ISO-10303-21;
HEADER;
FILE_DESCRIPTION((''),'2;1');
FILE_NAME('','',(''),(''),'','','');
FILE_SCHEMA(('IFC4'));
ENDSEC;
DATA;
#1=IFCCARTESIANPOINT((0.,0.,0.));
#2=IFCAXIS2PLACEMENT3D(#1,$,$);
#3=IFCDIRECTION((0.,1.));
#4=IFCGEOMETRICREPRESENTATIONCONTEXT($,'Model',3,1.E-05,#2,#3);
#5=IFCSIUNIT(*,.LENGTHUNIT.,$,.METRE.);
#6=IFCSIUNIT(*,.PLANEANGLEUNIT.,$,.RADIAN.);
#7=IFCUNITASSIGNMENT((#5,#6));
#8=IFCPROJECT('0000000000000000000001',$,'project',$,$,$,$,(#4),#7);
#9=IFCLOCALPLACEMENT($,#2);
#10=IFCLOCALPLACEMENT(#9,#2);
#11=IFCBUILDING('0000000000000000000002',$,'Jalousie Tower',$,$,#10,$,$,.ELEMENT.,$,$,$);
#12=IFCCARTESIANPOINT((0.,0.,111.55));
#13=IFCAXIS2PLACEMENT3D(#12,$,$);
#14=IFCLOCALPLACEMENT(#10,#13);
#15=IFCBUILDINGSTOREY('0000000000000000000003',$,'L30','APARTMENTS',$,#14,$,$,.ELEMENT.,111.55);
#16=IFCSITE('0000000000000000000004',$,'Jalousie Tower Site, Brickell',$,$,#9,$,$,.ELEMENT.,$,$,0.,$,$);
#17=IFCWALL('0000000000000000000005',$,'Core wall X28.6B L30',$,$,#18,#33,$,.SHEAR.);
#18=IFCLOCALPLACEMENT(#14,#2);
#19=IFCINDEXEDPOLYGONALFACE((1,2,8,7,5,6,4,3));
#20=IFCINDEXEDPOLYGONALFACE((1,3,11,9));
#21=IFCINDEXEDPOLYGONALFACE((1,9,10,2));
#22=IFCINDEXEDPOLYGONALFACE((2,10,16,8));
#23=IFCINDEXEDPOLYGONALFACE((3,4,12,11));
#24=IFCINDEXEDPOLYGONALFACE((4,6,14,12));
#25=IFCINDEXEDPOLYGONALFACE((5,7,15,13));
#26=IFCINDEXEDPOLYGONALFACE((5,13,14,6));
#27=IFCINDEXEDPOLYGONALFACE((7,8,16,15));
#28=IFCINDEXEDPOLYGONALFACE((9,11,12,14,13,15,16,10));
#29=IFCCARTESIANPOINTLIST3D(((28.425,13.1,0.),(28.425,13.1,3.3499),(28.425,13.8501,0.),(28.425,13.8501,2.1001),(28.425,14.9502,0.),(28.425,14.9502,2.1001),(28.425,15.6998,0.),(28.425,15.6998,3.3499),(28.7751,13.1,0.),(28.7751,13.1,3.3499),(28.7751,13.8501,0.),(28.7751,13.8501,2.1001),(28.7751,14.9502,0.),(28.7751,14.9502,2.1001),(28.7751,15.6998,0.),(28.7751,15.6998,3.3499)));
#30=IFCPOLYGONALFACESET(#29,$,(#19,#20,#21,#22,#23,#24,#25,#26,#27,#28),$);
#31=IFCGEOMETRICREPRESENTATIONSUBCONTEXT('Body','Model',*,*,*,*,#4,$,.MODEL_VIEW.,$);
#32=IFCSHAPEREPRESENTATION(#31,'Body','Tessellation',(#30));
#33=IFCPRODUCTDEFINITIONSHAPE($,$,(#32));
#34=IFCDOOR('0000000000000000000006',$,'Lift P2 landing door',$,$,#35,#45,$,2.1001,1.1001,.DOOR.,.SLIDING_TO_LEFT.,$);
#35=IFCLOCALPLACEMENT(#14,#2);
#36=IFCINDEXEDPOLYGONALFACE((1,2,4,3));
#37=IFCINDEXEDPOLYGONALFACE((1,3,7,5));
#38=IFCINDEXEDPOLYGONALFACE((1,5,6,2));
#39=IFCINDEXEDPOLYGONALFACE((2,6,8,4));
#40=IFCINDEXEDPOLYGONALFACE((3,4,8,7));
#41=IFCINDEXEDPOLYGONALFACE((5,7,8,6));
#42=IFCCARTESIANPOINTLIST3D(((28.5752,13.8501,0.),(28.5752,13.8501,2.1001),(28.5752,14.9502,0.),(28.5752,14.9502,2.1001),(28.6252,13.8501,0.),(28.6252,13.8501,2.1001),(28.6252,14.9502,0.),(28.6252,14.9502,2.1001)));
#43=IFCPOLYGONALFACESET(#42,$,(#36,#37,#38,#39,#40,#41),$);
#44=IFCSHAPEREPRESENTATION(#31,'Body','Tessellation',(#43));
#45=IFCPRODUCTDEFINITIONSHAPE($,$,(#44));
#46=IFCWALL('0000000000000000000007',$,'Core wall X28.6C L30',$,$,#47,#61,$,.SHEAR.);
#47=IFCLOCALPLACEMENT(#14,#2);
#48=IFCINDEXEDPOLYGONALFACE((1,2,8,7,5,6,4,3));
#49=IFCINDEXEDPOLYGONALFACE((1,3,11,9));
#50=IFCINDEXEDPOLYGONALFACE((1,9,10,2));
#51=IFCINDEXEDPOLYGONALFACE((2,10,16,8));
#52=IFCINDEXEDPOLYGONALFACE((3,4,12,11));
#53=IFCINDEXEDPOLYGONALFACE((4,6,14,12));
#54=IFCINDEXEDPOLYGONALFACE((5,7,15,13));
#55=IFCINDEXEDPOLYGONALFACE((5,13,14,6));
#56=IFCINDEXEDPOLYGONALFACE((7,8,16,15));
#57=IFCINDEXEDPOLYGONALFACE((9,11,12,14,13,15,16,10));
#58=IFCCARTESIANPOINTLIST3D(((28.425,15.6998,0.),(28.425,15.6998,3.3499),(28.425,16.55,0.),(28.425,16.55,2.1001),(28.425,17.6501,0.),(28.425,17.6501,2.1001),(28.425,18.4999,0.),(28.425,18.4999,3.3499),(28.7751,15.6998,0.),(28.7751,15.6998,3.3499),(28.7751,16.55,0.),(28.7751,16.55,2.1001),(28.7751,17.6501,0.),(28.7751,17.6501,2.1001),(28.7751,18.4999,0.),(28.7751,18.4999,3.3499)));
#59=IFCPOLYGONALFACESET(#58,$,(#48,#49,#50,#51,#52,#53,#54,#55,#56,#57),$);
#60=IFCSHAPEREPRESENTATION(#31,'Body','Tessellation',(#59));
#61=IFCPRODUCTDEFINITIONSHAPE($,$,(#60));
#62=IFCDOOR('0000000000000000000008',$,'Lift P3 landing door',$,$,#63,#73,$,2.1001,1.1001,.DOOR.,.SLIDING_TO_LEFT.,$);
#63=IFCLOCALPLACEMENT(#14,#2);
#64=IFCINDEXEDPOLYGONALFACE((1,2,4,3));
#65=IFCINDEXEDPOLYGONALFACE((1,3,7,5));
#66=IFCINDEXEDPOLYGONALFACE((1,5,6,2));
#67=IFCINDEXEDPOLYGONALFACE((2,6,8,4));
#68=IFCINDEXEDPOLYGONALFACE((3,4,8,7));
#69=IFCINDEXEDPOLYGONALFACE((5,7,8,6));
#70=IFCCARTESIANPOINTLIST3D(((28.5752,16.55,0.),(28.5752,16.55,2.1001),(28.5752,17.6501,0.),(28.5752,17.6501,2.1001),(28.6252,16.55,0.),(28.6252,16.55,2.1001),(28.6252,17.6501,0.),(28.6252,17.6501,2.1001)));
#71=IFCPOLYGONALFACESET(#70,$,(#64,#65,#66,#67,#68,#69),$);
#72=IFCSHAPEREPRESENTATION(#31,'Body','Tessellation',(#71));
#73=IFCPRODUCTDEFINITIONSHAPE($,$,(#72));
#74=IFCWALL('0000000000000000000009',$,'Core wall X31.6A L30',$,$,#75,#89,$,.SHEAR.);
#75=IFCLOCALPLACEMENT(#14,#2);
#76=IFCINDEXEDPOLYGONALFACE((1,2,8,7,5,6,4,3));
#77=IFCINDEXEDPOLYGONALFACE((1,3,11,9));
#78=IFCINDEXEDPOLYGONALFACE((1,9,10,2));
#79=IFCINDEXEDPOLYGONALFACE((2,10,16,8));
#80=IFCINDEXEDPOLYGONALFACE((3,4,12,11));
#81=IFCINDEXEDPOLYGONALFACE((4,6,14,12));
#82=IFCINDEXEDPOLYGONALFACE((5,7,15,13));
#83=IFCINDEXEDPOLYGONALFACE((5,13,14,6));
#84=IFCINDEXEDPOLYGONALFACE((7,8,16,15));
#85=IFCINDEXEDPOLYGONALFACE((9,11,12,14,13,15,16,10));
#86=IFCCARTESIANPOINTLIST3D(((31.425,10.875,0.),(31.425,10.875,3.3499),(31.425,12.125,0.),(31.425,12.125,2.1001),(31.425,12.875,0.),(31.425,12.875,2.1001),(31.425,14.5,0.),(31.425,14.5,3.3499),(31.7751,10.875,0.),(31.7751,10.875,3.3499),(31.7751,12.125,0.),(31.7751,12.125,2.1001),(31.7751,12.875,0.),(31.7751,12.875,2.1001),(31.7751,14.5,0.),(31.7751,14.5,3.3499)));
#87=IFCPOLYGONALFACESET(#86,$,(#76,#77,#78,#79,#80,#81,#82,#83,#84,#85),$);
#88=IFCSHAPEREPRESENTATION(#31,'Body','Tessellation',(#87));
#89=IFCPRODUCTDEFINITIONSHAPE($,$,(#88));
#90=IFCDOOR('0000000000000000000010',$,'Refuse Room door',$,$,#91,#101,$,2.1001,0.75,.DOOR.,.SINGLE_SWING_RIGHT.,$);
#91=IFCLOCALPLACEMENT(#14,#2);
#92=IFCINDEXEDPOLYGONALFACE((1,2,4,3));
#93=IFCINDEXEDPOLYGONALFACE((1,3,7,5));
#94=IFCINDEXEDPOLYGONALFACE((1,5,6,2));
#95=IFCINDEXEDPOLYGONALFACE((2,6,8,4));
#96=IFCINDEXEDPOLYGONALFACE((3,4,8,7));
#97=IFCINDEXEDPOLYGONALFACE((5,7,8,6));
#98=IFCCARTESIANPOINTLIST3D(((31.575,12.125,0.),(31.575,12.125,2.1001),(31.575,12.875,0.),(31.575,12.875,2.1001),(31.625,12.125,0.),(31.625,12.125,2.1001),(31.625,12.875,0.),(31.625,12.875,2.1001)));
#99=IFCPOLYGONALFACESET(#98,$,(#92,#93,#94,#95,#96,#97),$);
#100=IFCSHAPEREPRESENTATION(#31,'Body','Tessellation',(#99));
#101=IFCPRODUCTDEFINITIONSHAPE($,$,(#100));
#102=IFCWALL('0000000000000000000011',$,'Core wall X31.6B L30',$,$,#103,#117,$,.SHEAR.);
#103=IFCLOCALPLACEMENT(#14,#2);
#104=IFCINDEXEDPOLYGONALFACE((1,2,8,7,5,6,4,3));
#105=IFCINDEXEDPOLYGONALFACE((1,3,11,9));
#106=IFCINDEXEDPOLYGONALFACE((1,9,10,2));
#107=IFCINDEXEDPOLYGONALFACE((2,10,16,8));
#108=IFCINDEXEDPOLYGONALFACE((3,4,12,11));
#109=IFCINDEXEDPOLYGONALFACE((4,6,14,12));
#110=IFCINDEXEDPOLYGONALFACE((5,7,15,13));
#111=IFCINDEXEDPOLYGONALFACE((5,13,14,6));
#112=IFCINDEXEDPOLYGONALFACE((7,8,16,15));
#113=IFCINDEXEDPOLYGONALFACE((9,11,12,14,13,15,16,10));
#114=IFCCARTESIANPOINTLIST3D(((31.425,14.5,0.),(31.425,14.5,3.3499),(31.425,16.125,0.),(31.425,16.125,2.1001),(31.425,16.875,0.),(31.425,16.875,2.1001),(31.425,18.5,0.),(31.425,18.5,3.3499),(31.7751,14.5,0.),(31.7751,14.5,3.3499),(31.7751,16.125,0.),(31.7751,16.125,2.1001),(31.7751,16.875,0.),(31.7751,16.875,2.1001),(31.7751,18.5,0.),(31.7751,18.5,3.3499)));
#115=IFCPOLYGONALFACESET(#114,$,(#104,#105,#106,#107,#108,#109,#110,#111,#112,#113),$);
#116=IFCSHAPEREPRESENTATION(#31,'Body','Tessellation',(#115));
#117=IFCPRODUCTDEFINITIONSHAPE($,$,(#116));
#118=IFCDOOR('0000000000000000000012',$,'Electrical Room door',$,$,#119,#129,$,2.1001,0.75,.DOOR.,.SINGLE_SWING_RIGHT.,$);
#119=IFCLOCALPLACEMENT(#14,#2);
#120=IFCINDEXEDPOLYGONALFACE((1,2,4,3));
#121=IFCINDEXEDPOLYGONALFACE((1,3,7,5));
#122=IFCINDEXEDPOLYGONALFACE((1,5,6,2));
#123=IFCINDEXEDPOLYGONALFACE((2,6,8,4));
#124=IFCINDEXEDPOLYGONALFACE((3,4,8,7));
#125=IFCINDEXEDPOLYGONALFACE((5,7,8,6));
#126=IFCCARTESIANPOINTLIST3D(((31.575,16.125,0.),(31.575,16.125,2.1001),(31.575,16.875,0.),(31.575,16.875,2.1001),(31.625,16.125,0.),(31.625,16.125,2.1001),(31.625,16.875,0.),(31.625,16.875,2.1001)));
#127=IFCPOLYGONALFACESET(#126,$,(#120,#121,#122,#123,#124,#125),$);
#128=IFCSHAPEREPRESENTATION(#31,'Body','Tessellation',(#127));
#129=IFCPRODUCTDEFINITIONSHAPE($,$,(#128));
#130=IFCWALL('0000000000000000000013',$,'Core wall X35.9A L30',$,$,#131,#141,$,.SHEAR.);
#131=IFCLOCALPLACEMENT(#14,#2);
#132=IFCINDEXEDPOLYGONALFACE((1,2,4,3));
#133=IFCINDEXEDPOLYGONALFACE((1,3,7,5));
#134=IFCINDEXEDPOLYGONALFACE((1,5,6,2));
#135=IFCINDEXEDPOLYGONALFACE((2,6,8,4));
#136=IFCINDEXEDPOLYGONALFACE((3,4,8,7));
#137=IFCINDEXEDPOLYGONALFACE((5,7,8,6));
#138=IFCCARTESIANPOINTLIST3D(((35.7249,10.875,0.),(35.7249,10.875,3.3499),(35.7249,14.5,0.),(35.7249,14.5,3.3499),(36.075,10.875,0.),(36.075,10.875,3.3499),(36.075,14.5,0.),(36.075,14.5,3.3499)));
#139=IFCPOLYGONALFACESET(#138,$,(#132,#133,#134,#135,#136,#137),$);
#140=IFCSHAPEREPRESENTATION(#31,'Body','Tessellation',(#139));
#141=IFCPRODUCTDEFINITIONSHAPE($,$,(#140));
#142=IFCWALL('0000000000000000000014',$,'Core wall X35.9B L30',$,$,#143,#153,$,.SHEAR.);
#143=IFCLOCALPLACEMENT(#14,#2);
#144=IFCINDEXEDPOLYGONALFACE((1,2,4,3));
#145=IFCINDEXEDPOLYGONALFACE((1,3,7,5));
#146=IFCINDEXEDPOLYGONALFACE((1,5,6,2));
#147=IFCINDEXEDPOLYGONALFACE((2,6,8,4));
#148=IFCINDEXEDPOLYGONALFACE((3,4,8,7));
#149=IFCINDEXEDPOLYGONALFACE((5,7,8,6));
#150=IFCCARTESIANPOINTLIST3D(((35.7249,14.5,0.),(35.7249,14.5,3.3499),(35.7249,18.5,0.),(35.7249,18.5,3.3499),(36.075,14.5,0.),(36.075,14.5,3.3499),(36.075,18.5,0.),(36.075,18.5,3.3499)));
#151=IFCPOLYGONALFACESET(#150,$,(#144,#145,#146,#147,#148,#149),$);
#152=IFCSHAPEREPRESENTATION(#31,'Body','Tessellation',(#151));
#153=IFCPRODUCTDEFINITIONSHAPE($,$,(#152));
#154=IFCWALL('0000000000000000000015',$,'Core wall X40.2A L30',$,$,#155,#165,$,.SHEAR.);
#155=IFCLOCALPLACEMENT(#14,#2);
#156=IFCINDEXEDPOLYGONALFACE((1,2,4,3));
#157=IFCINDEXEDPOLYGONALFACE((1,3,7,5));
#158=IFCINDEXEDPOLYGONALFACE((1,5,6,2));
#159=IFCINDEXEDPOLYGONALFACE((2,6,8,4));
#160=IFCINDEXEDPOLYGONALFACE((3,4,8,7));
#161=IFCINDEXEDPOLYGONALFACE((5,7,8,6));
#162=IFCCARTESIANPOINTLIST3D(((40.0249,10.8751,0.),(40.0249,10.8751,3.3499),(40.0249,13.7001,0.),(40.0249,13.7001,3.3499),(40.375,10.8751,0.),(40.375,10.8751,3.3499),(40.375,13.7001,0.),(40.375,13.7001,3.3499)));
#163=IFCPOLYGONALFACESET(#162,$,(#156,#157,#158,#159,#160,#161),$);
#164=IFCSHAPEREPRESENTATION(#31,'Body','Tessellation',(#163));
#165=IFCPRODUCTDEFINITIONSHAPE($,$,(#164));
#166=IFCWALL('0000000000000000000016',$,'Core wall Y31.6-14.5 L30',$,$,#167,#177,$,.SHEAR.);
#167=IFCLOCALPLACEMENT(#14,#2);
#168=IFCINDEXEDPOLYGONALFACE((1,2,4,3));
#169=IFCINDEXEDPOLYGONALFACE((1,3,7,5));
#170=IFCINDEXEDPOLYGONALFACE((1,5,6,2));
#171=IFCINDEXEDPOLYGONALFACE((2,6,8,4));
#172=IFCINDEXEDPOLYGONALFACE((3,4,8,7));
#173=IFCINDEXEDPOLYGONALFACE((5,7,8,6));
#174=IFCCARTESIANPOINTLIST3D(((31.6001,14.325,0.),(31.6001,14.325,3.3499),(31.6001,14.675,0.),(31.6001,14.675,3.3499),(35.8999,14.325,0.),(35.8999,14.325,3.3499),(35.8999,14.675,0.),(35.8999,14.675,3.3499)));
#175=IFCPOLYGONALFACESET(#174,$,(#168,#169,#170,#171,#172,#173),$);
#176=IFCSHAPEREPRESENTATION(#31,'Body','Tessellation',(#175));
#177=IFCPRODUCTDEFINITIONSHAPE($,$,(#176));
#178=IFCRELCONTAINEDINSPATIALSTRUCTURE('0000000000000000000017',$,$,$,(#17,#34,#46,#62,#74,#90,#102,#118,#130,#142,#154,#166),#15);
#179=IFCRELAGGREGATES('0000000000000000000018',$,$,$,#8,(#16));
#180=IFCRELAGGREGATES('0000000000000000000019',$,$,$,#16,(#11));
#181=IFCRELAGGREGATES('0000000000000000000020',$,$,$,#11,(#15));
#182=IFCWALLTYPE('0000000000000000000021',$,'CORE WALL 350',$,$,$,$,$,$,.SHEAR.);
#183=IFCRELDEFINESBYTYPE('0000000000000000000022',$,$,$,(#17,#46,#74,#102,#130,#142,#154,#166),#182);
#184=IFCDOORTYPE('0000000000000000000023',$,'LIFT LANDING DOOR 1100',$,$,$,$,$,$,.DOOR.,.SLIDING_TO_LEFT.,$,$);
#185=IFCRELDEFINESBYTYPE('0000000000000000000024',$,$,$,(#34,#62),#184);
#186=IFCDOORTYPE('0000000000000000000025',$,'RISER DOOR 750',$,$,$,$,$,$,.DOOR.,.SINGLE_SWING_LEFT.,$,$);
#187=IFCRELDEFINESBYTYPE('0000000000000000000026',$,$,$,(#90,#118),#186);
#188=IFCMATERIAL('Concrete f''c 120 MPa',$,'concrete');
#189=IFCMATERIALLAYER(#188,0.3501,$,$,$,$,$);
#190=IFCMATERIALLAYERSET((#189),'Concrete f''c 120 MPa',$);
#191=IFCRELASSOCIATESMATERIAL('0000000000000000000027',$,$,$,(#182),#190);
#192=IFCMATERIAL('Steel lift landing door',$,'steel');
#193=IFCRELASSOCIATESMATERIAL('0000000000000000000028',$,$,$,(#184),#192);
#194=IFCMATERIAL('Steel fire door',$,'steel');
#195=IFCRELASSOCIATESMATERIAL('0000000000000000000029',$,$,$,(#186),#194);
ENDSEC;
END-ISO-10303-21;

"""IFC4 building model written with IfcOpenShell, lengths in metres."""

from ifc_helpers import new_model, si_unit, direction, frame, frame_2d, origin, place, context, subcontext, project, spatial, rectangle, extrude, material, layer, layer_set, type_object, element, fill, save


model = new_model("IFC4")

# Units and contexts
model_context = context("Model", 3, precision=1e-05, world=origin(), true_north=direction((0.0, 1.0)))
body_context = subcontext(model_context, "Body", "Model", "MODEL_VIEW")
ifc_project = project(units=[si_unit("LENGTHUNIT", "METRE"), si_unit("PLANEANGLEUNIT", "RADIAN")], contexts=[model_context])

# Site, building, storey
site_placement = place(None, origin())
site = spatial("IfcSite", under=ifc_project, at=site_placement, Name="Jalousie Tower Site, Brickell", CompositionType="ELEMENT", RefElevation=0.0)
building_placement = place(site_placement, origin())
building = spatial("IfcBuilding", under=site, at=building_placement, Name="Jalousie Tower", CompositionType="ELEMENT")
storey_placement = place(building_placement, frame((0.0, 0.0, 111.55)))
storey = spatial("IfcBuildingStorey", under=building, at=storey_placement, Name="L30", Description="APARTMENTS", CompositionType="ELEMENT", Elevation=111.55)

# Walls, openings, doors
ifc_material_1 = material(Name="Concrete f'c 120 MPa", Category="concrete")
ifc_layer = layer(ifc_material_1, 0.3501)
ifc_layer_set = layer_set([ifc_layer], Name="Concrete f'c 120 MPa")
wall_type = type_object("IfcWallType", Name="CORE WALL 350", PredefinedType="SHEAR", material=ifc_layer_set)
wall_1_placement = place(storey_placement, frame((28.6001, 13.1001, 0.0), z_axis=(0.0, 0.0, 1.0), x_axis=(0.0, 1.0, 0.0)))
wall_1 = element("IfcWall", 1, at=wall_1_placement, inside=storey, type_object=wall_type, Name="Core wall X28.6B L30", PredefinedType="SHEAR", context=body_context, shape_type="SweptSolid", body=[
    extrude(rectangle(XDim=2.5999, YDim=0.3501, at=frame_2d((1.2998, 0.0))), origin(), (0.0, 0.0, 1.0), 3.3499),
])
opening_1_placement = place(wall_1_placement, frame((0.75, 0.0, 0.0)))
opening_1 = element("IfcOpeningElement", 2, at=opening_1_placement, cuts=wall_1, PredefinedType="OPENING", context=body_context, shape_type="SweptSolid", body=[
    extrude(rectangle(XDim=1.1001, YDim=2.1001, at=frame_2d((0.55, 1.05))), frame((0.0, 0.1851, 0.0), z_axis=(0.0, -1.0, 0.0), x_axis=(1.0, 0.0, 0.0)), (0.0, 0.0, 1.0), 0.3701),
])
ifc_material_2 = material(Name="Steel lift landing door", Category="steel")
door_type_1 = type_object("IfcDoorType", Name="LIFT LANDING DOOR 1100", OperationType="SLIDING_TO_LEFT", PredefinedType="DOOR", material=ifc_material_2)
door_1_placement = place(opening_1_placement, origin())
door_1 = element("IfcDoor", 3, at=door_1_placement, inside=storey, type_object=door_type_1, Name="Lift P2 landing door", OperationType="SLIDING_TO_LEFT", OverallHeight=2.1001, OverallWidth=1.1001, PredefinedType="DOOR", context=body_context, shape_type="SweptSolid", body=[
    extrude(rectangle(XDim=1.1001, YDim=2.1001, at=frame_2d((0.55, 1.05))), frame((0.0, 0.0249, 0.0), z_axis=(0.0, -1.0, 0.0), x_axis=(1.0, 0.0, 0.0)), (0.0, 0.0, 1.0), 0.05),
])
fill(opening_1, door_1)
wall_2_placement = place(storey_placement, frame((28.6001, 15.7, 0.0), z_axis=(0.0, 0.0, 1.0), x_axis=(0.0, 1.0, 0.0)))
wall_2 = element("IfcWall", 4, at=wall_2_placement, inside=storey, type_object=wall_type, Name="Core wall X28.6C L30", PredefinedType="SHEAR", context=body_context, shape_type="SweptSolid", body=[
    extrude(rectangle(XDim=2.8, YDim=0.3501, at=frame_2d((1.3999, 0.0))), origin(), (0.0, 0.0, 1.0), 3.3499),
])
opening_2_placement = place(wall_2_placement, frame((0.8501, 0.0, 0.0)))
opening_2 = element("IfcOpeningElement", 5, at=opening_2_placement, cuts=wall_2, PredefinedType="OPENING", context=body_context, shape_type="SweptSolid", body=[
    extrude(rectangle(XDim=1.1001, YDim=2.1001, at=frame_2d((0.55, 1.05))), frame((0.0, 0.1851, 0.0), z_axis=(0.0, -1.0, 0.0), x_axis=(1.0, 0.0, 0.0)), (0.0, 0.0, 1.0), 0.3701),
])
door_2_placement = place(opening_2_placement, origin())
door_2 = element("IfcDoor", 6, at=door_2_placement, inside=storey, type_object=door_type_1, Name="Lift P3 landing door", OperationType="SLIDING_TO_LEFT", OverallHeight=2.1001, OverallWidth=1.1001, PredefinedType="DOOR", context=body_context, shape_type="SweptSolid", body=[
    extrude(rectangle(XDim=1.1001, YDim=2.1001, at=frame_2d((0.55, 1.05))), frame((0.0, 0.0249, 0.0), z_axis=(0.0, -1.0, 0.0), x_axis=(1.0, 0.0, 0.0)), (0.0, 0.0, 1.0), 0.05),
])
fill(opening_2, door_2)
wall_3_placement = place(storey_placement, frame((31.6001, 10.875, 0.0), z_axis=(0.0, 0.0, 1.0), x_axis=(0.0, 1.0, 0.0)))
wall_3 = element("IfcWall", 7, at=wall_3_placement, inside=storey, type_object=wall_type, Name="Core wall X31.6A L30", PredefinedType="SHEAR", context=body_context, shape_type="SweptSolid", body=[
    extrude(rectangle(XDim=3.625, YDim=0.3501, at=frame_2d((1.8125, 0.0))), origin(), (0.0, 0.0, 1.0), 3.3499),
])
opening_3_placement = place(wall_3_placement, frame((1.25, 0.0, 0.0)))
opening_3 = element("IfcOpeningElement", 8, at=opening_3_placement, cuts=wall_3, PredefinedType="OPENING", context=body_context, shape_type="SweptSolid", body=[
    extrude(rectangle(XDim=0.75, YDim=2.1001, at=frame_2d((0.375, 1.05))), frame((0.0, 0.1851, 0.0), z_axis=(0.0, -1.0, 0.0), x_axis=(1.0, 0.0, 0.0)), (0.0, 0.0, 1.0), 0.3701),
])
ifc_material_3 = material(Name="Steel fire door", Category="steel")
door_type_2 = type_object("IfcDoorType", Name="RISER DOOR 750", OperationType="SINGLE_SWING_LEFT", PredefinedType="DOOR", material=ifc_material_3)
door_3_placement = place(opening_3_placement, frame((0.75, 0.0, 0.0), z_axis=(0.0, 0.0, 1.0), x_axis=(-1.0, 0.0, 0.0)))
door_3 = element("IfcDoor", 9, at=door_3_placement, inside=storey, type_object=door_type_2, Name="Refuse Room door", OperationType="SINGLE_SWING_RIGHT", OverallHeight=2.1001, OverallWidth=0.75, PredefinedType="DOOR", context=body_context, shape_type="SweptSolid", body=[
    extrude(rectangle(XDim=0.75, YDim=2.1001, at=frame_2d((0.375, 1.05))), frame((0.0, 0.0249, 0.0), z_axis=(0.0, -1.0, 0.0), x_axis=(1.0, 0.0, 0.0)), (0.0, 0.0, 1.0), 0.05),
])
fill(opening_3, door_3)
wall_4_placement = place(storey_placement, frame((31.6001, 14.5, 0.0), z_axis=(0.0, 0.0, 1.0), x_axis=(0.0, 1.0, 0.0)))
wall_4 = element("IfcWall", 10, at=wall_4_placement, inside=storey, type_object=wall_type, Name="Core wall X31.6B L30", PredefinedType="SHEAR", context=body_context, shape_type="SweptSolid", body=[
    extrude(rectangle(XDim=4.0, YDim=0.3501, at=frame_2d((2.0, 0.0))), origin(), (0.0, 0.0, 1.0), 3.3499),
])
opening_4_placement = place(wall_4_placement, frame((1.625, 0.0, 0.0)))
opening_4 = element("IfcOpeningElement", 11, at=opening_4_placement, cuts=wall_4, PredefinedType="OPENING", context=body_context, shape_type="SweptSolid", body=[
    extrude(rectangle(XDim=0.75, YDim=2.1001, at=frame_2d((0.375, 1.05))), frame((0.0, 0.1851, 0.0), z_axis=(0.0, -1.0, 0.0), x_axis=(1.0, 0.0, 0.0)), (0.0, 0.0, 1.0), 0.3701),
])
door_4_placement = place(opening_4_placement, frame((0.75, 0.0, 0.0), z_axis=(0.0, 0.0, 1.0), x_axis=(-1.0, 0.0, 0.0)))
door_4 = element("IfcDoor", 12, at=door_4_placement, inside=storey, type_object=door_type_2, Name="Electrical Room door", OperationType="SINGLE_SWING_RIGHT", OverallHeight=2.1001, OverallWidth=0.75, PredefinedType="DOOR", context=body_context, shape_type="SweptSolid", body=[
    extrude(rectangle(XDim=0.75, YDim=2.1001, at=frame_2d((0.375, 1.05))), frame((0.0, 0.0249, 0.0), z_axis=(0.0, -1.0, 0.0), x_axis=(1.0, 0.0, 0.0)), (0.0, 0.0, 1.0), 0.05),
])
fill(opening_4, door_4)

# Walls
wall_5_placement = place(storey_placement, frame((35.8999, 10.875, 0.0), z_axis=(0.0, 0.0, 1.0), x_axis=(0.0, 1.0, 0.0)))
element("IfcWall", 13, at=wall_5_placement, inside=storey, type_object=wall_type, Name="Core wall X35.9A L30", PredefinedType="SHEAR", context=body_context, shape_type="SweptSolid", body=[
    extrude(rectangle(XDim=3.625, YDim=0.3501, at=frame_2d((1.8125, 0.0))), origin(), (0.0, 0.0, 1.0), 3.3499),
])
wall_6_placement = place(storey_placement, frame((35.8999, 14.5, 0.0), z_axis=(0.0, 0.0, 1.0), x_axis=(0.0, 1.0, 0.0)))
element("IfcWall", 14, at=wall_6_placement, inside=storey, type_object=wall_type, Name="Core wall X35.9B L30", PredefinedType="SHEAR", context=body_context, shape_type="SweptSolid", body=[
    extrude(rectangle(XDim=4.0, YDim=0.3501, at=frame_2d((2.0, 0.0))), origin(), (0.0, 0.0, 1.0), 3.3499),
])
wall_7_placement = place(storey_placement, frame((40.2, 10.875, 0.0), z_axis=(0.0, 0.0, 1.0), x_axis=(0.0, 1.0, 0.0)))
element("IfcWall", 15, at=wall_7_placement, inside=storey, type_object=wall_type, Name="Core wall X40.2A L30", PredefinedType="SHEAR", context=body_context, shape_type="SweptSolid", body=[
    extrude(rectangle(XDim=2.825, YDim=0.3501, at=frame_2d((1.4126, 0.0))), origin(), (0.0, 0.0, 1.0), 3.3499),
])
wall_8_placement = place(storey_placement, frame((31.6001, 14.5, 0.0), z_axis=(0.0, 0.0, 1.0), x_axis=(1.0, 0.0, 0.0)))
element("IfcWall", 16, at=wall_8_placement, inside=storey, type_object=wall_type, Name="Core wall Y31.6-14.5 L30", PredefinedType="SHEAR", context=body_context, shape_type="SweptSolid", body=[
    extrude(rectangle(XDim=4.2998, YDim=0.3501, at=frame_2d((2.1499, 0.0))), origin(), (0.0, 0.0, 1.0), 3.3499),
])

save(model, "model.ifc")
